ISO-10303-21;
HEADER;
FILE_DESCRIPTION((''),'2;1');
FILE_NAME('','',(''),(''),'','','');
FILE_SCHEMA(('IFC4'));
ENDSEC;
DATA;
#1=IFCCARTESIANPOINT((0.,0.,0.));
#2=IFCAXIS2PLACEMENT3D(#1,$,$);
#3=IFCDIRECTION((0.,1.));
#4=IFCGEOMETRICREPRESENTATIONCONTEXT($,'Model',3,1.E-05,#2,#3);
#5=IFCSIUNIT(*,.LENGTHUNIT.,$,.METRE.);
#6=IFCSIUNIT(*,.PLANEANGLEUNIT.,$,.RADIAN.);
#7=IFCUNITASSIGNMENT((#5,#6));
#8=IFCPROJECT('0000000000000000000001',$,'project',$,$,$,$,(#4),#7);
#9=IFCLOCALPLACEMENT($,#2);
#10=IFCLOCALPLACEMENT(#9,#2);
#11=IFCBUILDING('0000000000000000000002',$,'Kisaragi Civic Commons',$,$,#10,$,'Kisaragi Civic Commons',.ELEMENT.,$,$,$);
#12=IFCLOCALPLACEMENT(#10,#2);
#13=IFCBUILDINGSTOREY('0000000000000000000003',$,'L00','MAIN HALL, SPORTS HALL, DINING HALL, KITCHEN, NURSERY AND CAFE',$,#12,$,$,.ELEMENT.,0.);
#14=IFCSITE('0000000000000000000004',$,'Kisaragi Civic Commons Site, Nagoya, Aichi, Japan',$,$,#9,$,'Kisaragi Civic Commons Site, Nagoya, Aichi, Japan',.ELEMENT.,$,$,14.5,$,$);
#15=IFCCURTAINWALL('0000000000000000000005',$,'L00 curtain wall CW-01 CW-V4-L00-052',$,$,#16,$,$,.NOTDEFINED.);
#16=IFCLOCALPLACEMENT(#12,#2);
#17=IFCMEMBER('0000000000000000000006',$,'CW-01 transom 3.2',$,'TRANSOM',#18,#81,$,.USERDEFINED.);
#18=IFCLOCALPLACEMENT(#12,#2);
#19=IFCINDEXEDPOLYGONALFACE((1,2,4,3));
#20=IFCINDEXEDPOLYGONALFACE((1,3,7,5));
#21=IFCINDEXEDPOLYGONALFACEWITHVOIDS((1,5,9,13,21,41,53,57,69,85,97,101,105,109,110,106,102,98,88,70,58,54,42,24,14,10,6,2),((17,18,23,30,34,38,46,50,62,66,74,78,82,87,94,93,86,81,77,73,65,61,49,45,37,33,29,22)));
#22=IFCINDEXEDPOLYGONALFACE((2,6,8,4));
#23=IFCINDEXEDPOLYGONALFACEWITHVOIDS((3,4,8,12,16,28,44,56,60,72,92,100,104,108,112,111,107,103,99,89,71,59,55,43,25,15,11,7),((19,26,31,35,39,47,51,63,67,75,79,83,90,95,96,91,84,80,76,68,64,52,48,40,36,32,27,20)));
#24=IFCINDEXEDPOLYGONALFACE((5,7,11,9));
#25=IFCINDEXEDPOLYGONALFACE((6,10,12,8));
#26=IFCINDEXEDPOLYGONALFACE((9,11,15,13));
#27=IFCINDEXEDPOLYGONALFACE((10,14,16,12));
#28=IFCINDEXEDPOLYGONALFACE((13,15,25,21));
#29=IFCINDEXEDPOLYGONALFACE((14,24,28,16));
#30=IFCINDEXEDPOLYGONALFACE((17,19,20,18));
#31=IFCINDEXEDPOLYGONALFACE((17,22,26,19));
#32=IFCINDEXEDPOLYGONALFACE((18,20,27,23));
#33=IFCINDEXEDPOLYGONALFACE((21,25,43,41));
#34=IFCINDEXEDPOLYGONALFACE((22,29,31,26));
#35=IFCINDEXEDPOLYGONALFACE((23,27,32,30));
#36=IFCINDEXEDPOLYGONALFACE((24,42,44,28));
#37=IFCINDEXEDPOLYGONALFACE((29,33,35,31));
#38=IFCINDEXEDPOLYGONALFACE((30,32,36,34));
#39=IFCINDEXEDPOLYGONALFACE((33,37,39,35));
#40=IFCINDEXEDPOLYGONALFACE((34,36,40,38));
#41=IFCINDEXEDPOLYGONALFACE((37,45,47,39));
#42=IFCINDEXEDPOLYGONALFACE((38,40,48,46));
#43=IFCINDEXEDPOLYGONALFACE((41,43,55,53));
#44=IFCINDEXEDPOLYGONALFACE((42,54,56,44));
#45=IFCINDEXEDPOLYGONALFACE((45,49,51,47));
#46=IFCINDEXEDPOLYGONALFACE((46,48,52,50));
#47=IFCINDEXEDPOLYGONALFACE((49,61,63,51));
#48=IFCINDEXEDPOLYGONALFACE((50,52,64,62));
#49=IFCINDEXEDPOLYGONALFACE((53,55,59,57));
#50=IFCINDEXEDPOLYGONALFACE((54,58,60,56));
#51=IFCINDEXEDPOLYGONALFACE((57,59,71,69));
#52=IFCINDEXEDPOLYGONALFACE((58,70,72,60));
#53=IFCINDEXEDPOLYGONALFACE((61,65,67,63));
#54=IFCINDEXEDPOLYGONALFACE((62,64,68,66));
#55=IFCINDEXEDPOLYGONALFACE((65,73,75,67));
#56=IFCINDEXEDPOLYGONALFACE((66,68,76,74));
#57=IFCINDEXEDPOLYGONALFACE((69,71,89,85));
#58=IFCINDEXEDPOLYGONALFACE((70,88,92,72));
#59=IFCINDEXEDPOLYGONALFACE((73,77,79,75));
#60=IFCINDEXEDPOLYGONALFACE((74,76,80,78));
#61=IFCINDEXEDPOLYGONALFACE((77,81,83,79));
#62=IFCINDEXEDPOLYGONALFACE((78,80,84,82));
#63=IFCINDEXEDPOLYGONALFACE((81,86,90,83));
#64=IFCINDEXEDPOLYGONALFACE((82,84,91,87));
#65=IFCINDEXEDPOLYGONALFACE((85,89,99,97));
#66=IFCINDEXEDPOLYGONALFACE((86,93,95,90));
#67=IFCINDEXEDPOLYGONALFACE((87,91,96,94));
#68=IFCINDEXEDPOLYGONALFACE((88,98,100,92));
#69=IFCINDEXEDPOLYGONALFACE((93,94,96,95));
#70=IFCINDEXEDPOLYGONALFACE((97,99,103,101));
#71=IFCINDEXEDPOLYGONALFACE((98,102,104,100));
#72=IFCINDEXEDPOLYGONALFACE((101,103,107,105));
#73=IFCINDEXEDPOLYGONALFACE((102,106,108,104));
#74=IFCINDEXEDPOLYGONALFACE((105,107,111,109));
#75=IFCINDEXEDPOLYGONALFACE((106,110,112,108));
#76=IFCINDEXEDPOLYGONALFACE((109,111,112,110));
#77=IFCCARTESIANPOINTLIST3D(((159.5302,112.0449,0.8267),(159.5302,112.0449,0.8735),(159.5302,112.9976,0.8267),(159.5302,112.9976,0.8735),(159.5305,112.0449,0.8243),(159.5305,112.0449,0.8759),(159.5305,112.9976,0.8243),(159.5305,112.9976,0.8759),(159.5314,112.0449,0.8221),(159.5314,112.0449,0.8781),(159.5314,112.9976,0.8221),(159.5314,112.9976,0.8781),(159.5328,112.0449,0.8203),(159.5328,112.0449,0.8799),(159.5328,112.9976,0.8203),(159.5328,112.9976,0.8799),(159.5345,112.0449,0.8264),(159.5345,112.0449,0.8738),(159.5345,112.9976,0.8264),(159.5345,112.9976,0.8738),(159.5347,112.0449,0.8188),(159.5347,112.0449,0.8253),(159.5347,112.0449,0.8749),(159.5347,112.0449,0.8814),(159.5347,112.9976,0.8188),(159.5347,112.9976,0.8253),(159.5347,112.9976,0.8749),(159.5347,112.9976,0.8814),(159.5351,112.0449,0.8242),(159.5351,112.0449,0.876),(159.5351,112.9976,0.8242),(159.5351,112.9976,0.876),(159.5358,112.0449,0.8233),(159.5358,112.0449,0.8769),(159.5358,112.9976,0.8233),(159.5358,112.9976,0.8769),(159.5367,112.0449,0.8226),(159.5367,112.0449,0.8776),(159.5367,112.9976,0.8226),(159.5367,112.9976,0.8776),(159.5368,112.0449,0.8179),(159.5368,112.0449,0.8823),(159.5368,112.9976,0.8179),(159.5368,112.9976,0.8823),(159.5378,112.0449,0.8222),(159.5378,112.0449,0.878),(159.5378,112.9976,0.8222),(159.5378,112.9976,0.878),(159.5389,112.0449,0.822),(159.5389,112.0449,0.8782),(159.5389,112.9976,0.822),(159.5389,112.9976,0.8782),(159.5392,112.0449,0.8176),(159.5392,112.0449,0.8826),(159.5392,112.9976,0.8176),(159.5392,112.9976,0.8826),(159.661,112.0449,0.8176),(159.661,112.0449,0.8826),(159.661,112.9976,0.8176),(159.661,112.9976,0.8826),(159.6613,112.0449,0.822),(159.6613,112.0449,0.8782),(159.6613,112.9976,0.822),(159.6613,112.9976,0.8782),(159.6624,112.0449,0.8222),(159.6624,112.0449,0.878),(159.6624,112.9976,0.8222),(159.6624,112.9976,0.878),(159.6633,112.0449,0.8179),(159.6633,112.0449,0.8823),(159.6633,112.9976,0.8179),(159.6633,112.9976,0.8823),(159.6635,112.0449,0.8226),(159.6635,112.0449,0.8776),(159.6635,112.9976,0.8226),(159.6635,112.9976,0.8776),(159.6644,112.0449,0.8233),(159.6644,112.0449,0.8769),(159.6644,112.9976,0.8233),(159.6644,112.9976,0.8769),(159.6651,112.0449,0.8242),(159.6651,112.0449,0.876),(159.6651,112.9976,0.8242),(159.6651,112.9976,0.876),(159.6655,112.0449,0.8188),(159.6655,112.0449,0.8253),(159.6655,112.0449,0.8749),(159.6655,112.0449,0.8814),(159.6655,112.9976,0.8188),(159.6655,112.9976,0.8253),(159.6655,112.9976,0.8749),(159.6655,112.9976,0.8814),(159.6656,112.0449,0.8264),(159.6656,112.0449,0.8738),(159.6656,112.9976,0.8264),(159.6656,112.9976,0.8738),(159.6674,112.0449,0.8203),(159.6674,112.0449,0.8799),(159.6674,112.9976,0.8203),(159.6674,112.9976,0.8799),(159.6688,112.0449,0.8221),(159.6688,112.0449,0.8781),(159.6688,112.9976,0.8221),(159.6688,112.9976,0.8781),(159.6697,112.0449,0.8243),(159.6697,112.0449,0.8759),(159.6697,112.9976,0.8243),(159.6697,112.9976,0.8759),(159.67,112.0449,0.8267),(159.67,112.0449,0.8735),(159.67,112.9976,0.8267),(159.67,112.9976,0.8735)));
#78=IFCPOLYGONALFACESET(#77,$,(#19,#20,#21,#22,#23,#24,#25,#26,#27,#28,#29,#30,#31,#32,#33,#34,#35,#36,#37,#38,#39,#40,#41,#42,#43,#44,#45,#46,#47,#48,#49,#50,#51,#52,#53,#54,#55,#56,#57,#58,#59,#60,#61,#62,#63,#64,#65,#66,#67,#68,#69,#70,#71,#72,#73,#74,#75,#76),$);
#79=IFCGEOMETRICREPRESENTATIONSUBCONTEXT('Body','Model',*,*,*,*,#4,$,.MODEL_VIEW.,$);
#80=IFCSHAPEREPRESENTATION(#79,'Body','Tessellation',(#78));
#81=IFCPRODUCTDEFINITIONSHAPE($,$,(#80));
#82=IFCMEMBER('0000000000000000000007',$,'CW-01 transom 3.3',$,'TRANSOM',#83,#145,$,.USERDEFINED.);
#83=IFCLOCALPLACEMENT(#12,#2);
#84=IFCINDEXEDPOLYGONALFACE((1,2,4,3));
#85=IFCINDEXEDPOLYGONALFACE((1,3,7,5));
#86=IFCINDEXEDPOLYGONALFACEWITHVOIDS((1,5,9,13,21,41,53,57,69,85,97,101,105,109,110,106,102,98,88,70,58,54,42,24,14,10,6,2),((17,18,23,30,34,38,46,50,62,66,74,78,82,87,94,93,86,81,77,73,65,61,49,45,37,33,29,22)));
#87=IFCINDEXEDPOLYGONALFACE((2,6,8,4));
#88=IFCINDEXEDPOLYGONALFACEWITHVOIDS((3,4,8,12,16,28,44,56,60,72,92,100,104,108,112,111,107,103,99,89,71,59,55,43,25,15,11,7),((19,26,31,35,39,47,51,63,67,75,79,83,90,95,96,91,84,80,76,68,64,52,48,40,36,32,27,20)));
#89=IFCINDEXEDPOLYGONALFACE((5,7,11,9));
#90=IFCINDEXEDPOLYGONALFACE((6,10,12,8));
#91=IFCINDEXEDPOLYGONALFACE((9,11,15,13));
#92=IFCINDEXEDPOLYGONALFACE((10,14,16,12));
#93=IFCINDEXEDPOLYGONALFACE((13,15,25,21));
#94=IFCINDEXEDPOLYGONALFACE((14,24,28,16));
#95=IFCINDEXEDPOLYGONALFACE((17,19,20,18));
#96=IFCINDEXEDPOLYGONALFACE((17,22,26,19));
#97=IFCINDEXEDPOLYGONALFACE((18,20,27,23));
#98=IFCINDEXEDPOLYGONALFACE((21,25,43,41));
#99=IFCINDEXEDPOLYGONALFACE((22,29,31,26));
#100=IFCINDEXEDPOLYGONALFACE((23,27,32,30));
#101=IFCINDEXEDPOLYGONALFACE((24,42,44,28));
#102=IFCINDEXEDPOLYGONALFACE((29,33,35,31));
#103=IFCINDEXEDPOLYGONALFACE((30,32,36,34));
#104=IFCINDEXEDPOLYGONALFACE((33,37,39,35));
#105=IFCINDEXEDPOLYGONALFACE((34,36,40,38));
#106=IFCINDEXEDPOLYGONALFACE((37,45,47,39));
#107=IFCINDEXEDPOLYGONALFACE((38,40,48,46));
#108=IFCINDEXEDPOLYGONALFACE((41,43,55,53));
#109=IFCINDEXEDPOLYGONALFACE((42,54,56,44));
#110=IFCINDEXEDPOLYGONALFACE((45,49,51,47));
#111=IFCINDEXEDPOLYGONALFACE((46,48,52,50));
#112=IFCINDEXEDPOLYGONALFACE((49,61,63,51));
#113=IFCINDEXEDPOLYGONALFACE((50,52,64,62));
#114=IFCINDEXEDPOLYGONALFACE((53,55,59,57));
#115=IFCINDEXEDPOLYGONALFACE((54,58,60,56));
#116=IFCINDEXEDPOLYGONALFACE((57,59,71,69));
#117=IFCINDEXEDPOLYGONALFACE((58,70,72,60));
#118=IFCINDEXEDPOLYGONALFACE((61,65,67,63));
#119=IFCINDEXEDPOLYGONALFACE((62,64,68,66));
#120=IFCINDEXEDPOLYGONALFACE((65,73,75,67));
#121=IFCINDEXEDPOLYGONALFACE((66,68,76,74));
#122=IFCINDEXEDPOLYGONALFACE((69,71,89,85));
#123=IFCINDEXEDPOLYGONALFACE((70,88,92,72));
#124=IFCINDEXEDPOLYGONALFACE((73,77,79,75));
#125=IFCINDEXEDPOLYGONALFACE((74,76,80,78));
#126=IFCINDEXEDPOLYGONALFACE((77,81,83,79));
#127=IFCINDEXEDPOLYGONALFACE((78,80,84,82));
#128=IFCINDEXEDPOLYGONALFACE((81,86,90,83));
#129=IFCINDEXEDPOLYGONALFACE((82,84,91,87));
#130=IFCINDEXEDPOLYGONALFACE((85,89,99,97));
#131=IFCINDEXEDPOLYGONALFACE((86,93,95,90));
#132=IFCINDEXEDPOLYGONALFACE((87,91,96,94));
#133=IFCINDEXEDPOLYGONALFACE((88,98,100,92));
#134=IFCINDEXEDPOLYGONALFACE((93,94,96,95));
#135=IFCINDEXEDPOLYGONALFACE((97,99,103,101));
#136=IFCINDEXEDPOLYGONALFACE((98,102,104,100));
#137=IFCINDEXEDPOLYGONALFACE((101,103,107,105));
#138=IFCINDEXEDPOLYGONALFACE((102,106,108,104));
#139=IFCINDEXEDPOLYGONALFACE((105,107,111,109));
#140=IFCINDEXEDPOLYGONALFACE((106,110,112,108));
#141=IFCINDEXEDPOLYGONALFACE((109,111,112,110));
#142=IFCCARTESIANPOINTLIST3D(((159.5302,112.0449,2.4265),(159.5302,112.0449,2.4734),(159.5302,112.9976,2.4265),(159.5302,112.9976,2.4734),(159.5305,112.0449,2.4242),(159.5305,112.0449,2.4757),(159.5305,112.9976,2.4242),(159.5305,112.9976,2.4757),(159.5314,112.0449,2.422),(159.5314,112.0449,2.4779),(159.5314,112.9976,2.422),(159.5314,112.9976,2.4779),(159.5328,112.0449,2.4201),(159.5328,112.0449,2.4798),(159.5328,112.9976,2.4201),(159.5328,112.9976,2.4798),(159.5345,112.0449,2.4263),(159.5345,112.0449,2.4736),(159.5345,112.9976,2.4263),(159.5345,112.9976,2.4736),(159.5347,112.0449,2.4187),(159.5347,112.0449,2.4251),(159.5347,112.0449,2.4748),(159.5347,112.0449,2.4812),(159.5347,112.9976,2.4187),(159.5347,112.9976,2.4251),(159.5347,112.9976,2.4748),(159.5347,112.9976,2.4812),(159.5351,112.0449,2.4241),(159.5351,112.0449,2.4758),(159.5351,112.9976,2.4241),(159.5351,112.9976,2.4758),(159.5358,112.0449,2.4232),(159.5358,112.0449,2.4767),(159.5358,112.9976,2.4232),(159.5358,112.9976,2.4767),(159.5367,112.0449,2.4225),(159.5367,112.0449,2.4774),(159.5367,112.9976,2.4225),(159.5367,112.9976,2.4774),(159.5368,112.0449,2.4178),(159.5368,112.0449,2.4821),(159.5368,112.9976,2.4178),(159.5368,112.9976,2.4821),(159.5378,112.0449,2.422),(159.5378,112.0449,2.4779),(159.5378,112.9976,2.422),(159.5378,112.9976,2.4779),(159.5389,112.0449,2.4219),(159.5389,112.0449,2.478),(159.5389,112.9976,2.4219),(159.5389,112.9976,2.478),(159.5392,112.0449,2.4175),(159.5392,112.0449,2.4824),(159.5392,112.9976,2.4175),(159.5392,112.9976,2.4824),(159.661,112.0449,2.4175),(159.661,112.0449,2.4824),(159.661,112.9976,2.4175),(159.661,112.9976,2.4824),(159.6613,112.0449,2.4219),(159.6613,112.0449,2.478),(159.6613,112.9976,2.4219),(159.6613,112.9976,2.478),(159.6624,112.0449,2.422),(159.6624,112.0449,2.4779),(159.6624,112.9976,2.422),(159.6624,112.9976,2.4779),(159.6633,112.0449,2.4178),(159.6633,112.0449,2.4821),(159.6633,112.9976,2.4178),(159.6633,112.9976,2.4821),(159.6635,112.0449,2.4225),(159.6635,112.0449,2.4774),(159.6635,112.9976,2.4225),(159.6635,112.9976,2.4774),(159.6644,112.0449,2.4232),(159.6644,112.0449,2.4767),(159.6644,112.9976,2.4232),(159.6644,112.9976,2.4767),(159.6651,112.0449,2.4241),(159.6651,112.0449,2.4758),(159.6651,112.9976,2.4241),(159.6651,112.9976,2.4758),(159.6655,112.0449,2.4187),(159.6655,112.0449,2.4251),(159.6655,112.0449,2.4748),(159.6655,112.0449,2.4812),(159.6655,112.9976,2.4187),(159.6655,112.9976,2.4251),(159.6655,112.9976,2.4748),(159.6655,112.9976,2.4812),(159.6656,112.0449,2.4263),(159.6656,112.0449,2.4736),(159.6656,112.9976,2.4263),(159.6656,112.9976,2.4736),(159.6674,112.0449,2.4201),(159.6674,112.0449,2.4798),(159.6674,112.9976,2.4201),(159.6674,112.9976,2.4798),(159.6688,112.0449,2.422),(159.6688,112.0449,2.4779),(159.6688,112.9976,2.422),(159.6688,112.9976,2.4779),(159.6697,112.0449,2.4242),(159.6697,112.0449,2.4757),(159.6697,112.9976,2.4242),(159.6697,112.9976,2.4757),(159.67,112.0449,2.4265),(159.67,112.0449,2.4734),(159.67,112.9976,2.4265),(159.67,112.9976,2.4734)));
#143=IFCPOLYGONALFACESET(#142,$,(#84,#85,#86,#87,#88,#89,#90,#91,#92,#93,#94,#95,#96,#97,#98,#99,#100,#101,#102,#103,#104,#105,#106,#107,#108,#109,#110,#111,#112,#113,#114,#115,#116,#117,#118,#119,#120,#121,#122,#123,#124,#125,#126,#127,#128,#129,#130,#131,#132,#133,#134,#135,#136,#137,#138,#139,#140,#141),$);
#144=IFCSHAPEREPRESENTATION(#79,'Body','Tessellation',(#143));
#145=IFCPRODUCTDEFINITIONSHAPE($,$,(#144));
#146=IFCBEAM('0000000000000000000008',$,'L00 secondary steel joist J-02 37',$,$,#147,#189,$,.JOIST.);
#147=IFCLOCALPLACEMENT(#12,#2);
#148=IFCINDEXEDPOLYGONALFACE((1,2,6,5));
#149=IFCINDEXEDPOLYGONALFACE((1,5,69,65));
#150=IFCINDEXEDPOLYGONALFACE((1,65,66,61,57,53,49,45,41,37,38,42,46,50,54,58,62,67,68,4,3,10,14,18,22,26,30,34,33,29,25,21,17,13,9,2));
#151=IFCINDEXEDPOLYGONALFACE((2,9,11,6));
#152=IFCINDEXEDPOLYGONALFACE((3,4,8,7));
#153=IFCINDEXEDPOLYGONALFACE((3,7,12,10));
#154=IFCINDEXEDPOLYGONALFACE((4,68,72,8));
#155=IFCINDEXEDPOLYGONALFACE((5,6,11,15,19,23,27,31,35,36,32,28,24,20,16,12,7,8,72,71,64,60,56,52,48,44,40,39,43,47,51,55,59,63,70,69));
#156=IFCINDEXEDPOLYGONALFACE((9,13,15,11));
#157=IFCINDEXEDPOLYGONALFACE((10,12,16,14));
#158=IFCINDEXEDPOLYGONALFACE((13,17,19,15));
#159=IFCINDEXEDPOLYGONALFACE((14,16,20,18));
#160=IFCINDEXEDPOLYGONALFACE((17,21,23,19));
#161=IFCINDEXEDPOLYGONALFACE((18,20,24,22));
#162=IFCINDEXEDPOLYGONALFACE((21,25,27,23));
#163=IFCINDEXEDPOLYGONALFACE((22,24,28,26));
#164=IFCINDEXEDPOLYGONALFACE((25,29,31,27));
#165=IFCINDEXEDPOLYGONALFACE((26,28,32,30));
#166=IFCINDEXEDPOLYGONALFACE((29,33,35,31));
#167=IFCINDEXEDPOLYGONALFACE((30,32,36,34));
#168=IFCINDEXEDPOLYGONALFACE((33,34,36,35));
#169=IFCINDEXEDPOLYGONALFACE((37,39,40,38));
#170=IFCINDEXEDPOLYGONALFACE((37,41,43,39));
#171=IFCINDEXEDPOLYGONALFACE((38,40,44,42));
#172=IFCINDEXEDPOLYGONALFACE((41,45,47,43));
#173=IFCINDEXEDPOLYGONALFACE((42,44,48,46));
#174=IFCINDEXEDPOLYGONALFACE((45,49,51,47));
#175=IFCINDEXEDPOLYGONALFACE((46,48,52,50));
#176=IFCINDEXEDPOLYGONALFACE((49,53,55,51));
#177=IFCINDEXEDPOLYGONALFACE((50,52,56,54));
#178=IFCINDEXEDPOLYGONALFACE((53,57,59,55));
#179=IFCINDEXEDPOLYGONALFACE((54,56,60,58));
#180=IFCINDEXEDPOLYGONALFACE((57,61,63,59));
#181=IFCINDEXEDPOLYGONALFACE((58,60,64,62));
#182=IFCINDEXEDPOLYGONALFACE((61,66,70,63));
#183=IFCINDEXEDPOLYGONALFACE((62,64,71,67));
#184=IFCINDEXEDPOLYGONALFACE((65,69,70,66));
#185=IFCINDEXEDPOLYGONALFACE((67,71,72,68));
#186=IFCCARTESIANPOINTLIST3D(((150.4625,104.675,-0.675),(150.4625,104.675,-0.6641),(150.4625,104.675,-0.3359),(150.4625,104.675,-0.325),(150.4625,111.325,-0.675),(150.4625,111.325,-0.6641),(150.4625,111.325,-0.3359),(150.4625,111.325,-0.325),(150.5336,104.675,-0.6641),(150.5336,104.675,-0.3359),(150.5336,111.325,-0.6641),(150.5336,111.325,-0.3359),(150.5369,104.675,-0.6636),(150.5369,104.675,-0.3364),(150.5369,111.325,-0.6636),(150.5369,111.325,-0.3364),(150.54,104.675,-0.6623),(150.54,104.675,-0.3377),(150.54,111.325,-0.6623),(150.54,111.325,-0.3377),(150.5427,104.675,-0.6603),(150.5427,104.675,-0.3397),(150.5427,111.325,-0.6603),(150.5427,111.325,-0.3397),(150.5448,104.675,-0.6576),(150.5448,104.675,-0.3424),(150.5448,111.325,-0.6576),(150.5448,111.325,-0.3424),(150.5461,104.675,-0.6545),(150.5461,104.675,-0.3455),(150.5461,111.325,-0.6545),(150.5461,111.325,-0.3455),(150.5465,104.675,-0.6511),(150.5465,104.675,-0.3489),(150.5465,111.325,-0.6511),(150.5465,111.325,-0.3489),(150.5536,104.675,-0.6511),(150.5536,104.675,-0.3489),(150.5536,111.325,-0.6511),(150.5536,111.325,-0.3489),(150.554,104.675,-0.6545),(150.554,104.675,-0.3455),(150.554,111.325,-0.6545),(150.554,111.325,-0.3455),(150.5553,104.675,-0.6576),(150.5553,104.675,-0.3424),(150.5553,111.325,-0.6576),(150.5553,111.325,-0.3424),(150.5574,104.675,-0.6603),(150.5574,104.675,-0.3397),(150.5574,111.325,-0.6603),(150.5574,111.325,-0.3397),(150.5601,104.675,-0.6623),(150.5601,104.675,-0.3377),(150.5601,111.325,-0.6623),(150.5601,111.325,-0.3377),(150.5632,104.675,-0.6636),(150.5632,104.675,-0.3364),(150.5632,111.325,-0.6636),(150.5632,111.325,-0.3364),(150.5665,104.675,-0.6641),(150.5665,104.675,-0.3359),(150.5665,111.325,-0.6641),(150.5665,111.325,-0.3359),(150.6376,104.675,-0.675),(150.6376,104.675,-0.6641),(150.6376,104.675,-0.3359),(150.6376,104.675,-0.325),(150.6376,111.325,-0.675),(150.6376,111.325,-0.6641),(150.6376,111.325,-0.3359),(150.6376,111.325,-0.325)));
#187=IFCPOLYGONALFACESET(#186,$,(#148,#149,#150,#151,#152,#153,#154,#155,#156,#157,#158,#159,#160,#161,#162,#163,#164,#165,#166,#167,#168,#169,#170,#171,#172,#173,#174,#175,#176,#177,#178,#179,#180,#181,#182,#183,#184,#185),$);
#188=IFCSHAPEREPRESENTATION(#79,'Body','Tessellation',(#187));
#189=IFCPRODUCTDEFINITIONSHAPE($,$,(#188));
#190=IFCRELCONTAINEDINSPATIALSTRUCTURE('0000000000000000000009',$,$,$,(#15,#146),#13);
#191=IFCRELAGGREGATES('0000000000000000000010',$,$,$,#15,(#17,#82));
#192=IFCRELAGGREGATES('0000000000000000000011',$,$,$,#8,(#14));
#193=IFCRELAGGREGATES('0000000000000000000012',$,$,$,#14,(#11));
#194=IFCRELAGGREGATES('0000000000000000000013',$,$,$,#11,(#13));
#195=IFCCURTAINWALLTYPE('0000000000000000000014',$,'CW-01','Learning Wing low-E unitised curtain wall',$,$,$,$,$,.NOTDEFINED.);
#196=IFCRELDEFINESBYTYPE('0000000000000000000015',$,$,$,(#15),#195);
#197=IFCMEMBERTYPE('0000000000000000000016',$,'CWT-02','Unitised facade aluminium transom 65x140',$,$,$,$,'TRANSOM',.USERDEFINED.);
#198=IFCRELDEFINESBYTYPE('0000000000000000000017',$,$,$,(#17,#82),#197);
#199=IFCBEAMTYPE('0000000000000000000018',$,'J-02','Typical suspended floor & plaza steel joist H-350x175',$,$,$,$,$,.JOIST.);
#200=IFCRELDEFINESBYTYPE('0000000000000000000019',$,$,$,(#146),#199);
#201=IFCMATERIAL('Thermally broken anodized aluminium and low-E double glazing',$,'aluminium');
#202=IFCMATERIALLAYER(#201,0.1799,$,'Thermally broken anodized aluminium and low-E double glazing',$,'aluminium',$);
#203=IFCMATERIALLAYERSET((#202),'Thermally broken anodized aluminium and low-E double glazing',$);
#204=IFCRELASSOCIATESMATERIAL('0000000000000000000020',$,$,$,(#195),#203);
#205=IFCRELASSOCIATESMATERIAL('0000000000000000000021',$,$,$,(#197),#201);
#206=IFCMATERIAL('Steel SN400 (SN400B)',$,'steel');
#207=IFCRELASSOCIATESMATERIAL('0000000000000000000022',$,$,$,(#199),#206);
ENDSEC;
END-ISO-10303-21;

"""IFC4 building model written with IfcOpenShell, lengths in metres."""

from ifc_helpers import new_model, si_unit, direction, frame, origin, origin_2d, place, context, subcontext, project, spatial, hollow_rectangle, i_section, extrude, material, layer, layer_set, material_profile, profile_set, type_object, element, aggregate, save


model = new_model("IFC4")

# Units and contexts
model_context = context("Model", 3, precision=1e-05, world=origin(), true_north=direction((0.0, 1.0)))
body_context = subcontext(model_context, "Body", "Model", "MODEL_VIEW")
ifc_project = project(units=[si_unit("LENGTHUNIT", "METRE"), si_unit("PLANEANGLEUNIT", "RADIAN")], contexts=[model_context])

# Site, building, storey
site_placement = place(None, origin())
site = spatial("IfcSite", under=ifc_project, at=site_placement, Name="Kisaragi Civic Commons Site, Nagoya, Aichi, Japan", LongName="Kisaragi Civic Commons Site, Nagoya, Aichi, Japan", CompositionType="ELEMENT", RefElevation=14.5)
building_placement = place(site_placement, origin())
building = spatial("IfcBuilding", under=site, at=building_placement, Name="Kisaragi Civic Commons", LongName="Kisaragi Civic Commons", CompositionType="ELEMENT")
storey_placement = place(building_placement, origin())
storey = spatial("IfcBuildingStorey", under=building, at=storey_placement, Name="L00", Description="MAIN HALL, SPORTS HALL, DINING HALL, KITCHEN, NURSERY AND CAFE", CompositionType="ELEMENT", Elevation=0.0)

# Curtain wall, members
ifc_material_1 = material(Name="Thermally broken anodized aluminium and low-E double glazing", Category="aluminium")
ifc_layer_1 = layer(ifc_material_1, 0.1799, Name="Thermally broken anodized aluminium and low-E double glazing", Category="aluminium")
ifc_layer_set_1 = layer_set([ifc_layer_1], Name="Thermally broken anodized aluminium and low-E double glazing")
curtain_wall_type = type_object("IfcCurtainWallType", Name="CW-01", Description="Learning Wing low-E unitised curtain wall", PredefinedType="NOTDEFINED", material=ifc_layer_set_1)
curtain_wall_placement = place(storey_placement, origin())
curtain_wall = element("IfcCurtainWall", 1, at=curtain_wall_placement, inside=storey, type_object=curtain_wall_type, Name="L00 curtain wall CW-01 CW-V4-L00-052", PredefinedType="NOTDEFINED")
ifc_material_profile_1 = material_profile(ifc_material_1, hollow_rectangle(XDim=0.1399, YDim=0.0649, WallThickness=0.0044, InnerFilletRadius=0.0044, OuterFilletRadius=0.009, at=origin_2d()), Name="CWT-65x140x4.5", Category="aluminium")
ifc_profile_set_1 = profile_set([ifc_material_profile_1], Name="Thermally broken anodized aluminium and low-E double glazing")
member_type_1 = type_object("IfcMemberType", Name="CWT-02", Description="Unitised facade aluminium transom 65x140", ElementType="TRANSOM", PredefinedType="USERDEFINED", material=ifc_profile_set_1)
member_1_placement = place(storey_placement, frame((159.6001, 112.9976, 0.8501), z_axis=(0.0, -1.0, 0.0), x_axis=(1.0, 0.0, 0.0)))
member_1 = element("IfcMember", 2, at=member_1_placement, type_object=member_type_1, Name="CW-01 transom 3.2", ObjectType="TRANSOM", PredefinedType="USERDEFINED", context=body_context, shape_type="SweptSolid", body=[
    extrude(hollow_rectangle(XDim=0.1399, YDim=0.0649, WallThickness=0.0044, InnerFilletRadius=0.0044, OuterFilletRadius=0.009, at=origin_2d()), origin(), (0.0, 0.0, 1.0), 0.9526),
])
member_2_placement = place(storey_placement, frame((159.6001, 112.9976, 2.45), z_axis=(0.0, -1.0, 0.0), x_axis=(1.0, 0.0, 0.0)))
member_2 = element("IfcMember", 3, at=member_2_placement, type_object=member_type_1, Name="CW-01 transom 3.3", ObjectType="TRANSOM", PredefinedType="USERDEFINED", context=body_context, shape_type="SweptSolid", body=[
    extrude(hollow_rectangle(XDim=0.1399, YDim=0.0649, WallThickness=0.0044, InnerFilletRadius=0.0044, OuterFilletRadius=0.009, at=origin_2d()), origin(), (0.0, 0.0, 1.0), 0.9526),
])

# Beam
ifc_material_2 = material(Name="Steel SN400 (SN400B)", Category="steel")
ifc_material_profile_2 = material_profile(ifc_material_2, i_section(OverallWidth=0.175, OverallDepth=0.3501, WebThickness=0.0071, FlangeThickness=0.011, FilletRadius=0.0129, at=origin_2d()), Name="H-350x175x7x11", Category="steel")
ifc_profile_set_2 = profile_set([ifc_material_profile_2], Name="Steel SN400 (SN400B)")
beam_type = type_object("IfcBeamType", Name="J-02", Description="Typical suspended floor & plaza steel joist H-350x175", PredefinedType="JOIST", material=ifc_profile_set_2)
for number, where, z_axis, x_axis, name in (
    (4, (150.55, 104.675, -0.5), (0.0, 1.0, 0.0), (-1.0, 0.0, 0.0), "L00 secondary steel joist J-02 37"),
):
    element("IfcBeam", number, at=place(storey_placement, frame(where, z_axis=z_axis, x_axis=x_axis)), inside=storey, type_object=beam_type, Name=name, PredefinedType="JOIST", context=body_context, shape_type="SweptSolid", body=[
        extrude(i_section(OverallWidth=0.175, OverallDepth=0.3501, WebThickness=0.0071, FlangeThickness=0.011, FilletRadius=0.0129, at=origin_2d()), origin(), (0.0, 0.0, 1.0), 6.6499),
    ])

aggregate(curtain_wall, [member_1, member_2])

save(model, "model.ifc")
